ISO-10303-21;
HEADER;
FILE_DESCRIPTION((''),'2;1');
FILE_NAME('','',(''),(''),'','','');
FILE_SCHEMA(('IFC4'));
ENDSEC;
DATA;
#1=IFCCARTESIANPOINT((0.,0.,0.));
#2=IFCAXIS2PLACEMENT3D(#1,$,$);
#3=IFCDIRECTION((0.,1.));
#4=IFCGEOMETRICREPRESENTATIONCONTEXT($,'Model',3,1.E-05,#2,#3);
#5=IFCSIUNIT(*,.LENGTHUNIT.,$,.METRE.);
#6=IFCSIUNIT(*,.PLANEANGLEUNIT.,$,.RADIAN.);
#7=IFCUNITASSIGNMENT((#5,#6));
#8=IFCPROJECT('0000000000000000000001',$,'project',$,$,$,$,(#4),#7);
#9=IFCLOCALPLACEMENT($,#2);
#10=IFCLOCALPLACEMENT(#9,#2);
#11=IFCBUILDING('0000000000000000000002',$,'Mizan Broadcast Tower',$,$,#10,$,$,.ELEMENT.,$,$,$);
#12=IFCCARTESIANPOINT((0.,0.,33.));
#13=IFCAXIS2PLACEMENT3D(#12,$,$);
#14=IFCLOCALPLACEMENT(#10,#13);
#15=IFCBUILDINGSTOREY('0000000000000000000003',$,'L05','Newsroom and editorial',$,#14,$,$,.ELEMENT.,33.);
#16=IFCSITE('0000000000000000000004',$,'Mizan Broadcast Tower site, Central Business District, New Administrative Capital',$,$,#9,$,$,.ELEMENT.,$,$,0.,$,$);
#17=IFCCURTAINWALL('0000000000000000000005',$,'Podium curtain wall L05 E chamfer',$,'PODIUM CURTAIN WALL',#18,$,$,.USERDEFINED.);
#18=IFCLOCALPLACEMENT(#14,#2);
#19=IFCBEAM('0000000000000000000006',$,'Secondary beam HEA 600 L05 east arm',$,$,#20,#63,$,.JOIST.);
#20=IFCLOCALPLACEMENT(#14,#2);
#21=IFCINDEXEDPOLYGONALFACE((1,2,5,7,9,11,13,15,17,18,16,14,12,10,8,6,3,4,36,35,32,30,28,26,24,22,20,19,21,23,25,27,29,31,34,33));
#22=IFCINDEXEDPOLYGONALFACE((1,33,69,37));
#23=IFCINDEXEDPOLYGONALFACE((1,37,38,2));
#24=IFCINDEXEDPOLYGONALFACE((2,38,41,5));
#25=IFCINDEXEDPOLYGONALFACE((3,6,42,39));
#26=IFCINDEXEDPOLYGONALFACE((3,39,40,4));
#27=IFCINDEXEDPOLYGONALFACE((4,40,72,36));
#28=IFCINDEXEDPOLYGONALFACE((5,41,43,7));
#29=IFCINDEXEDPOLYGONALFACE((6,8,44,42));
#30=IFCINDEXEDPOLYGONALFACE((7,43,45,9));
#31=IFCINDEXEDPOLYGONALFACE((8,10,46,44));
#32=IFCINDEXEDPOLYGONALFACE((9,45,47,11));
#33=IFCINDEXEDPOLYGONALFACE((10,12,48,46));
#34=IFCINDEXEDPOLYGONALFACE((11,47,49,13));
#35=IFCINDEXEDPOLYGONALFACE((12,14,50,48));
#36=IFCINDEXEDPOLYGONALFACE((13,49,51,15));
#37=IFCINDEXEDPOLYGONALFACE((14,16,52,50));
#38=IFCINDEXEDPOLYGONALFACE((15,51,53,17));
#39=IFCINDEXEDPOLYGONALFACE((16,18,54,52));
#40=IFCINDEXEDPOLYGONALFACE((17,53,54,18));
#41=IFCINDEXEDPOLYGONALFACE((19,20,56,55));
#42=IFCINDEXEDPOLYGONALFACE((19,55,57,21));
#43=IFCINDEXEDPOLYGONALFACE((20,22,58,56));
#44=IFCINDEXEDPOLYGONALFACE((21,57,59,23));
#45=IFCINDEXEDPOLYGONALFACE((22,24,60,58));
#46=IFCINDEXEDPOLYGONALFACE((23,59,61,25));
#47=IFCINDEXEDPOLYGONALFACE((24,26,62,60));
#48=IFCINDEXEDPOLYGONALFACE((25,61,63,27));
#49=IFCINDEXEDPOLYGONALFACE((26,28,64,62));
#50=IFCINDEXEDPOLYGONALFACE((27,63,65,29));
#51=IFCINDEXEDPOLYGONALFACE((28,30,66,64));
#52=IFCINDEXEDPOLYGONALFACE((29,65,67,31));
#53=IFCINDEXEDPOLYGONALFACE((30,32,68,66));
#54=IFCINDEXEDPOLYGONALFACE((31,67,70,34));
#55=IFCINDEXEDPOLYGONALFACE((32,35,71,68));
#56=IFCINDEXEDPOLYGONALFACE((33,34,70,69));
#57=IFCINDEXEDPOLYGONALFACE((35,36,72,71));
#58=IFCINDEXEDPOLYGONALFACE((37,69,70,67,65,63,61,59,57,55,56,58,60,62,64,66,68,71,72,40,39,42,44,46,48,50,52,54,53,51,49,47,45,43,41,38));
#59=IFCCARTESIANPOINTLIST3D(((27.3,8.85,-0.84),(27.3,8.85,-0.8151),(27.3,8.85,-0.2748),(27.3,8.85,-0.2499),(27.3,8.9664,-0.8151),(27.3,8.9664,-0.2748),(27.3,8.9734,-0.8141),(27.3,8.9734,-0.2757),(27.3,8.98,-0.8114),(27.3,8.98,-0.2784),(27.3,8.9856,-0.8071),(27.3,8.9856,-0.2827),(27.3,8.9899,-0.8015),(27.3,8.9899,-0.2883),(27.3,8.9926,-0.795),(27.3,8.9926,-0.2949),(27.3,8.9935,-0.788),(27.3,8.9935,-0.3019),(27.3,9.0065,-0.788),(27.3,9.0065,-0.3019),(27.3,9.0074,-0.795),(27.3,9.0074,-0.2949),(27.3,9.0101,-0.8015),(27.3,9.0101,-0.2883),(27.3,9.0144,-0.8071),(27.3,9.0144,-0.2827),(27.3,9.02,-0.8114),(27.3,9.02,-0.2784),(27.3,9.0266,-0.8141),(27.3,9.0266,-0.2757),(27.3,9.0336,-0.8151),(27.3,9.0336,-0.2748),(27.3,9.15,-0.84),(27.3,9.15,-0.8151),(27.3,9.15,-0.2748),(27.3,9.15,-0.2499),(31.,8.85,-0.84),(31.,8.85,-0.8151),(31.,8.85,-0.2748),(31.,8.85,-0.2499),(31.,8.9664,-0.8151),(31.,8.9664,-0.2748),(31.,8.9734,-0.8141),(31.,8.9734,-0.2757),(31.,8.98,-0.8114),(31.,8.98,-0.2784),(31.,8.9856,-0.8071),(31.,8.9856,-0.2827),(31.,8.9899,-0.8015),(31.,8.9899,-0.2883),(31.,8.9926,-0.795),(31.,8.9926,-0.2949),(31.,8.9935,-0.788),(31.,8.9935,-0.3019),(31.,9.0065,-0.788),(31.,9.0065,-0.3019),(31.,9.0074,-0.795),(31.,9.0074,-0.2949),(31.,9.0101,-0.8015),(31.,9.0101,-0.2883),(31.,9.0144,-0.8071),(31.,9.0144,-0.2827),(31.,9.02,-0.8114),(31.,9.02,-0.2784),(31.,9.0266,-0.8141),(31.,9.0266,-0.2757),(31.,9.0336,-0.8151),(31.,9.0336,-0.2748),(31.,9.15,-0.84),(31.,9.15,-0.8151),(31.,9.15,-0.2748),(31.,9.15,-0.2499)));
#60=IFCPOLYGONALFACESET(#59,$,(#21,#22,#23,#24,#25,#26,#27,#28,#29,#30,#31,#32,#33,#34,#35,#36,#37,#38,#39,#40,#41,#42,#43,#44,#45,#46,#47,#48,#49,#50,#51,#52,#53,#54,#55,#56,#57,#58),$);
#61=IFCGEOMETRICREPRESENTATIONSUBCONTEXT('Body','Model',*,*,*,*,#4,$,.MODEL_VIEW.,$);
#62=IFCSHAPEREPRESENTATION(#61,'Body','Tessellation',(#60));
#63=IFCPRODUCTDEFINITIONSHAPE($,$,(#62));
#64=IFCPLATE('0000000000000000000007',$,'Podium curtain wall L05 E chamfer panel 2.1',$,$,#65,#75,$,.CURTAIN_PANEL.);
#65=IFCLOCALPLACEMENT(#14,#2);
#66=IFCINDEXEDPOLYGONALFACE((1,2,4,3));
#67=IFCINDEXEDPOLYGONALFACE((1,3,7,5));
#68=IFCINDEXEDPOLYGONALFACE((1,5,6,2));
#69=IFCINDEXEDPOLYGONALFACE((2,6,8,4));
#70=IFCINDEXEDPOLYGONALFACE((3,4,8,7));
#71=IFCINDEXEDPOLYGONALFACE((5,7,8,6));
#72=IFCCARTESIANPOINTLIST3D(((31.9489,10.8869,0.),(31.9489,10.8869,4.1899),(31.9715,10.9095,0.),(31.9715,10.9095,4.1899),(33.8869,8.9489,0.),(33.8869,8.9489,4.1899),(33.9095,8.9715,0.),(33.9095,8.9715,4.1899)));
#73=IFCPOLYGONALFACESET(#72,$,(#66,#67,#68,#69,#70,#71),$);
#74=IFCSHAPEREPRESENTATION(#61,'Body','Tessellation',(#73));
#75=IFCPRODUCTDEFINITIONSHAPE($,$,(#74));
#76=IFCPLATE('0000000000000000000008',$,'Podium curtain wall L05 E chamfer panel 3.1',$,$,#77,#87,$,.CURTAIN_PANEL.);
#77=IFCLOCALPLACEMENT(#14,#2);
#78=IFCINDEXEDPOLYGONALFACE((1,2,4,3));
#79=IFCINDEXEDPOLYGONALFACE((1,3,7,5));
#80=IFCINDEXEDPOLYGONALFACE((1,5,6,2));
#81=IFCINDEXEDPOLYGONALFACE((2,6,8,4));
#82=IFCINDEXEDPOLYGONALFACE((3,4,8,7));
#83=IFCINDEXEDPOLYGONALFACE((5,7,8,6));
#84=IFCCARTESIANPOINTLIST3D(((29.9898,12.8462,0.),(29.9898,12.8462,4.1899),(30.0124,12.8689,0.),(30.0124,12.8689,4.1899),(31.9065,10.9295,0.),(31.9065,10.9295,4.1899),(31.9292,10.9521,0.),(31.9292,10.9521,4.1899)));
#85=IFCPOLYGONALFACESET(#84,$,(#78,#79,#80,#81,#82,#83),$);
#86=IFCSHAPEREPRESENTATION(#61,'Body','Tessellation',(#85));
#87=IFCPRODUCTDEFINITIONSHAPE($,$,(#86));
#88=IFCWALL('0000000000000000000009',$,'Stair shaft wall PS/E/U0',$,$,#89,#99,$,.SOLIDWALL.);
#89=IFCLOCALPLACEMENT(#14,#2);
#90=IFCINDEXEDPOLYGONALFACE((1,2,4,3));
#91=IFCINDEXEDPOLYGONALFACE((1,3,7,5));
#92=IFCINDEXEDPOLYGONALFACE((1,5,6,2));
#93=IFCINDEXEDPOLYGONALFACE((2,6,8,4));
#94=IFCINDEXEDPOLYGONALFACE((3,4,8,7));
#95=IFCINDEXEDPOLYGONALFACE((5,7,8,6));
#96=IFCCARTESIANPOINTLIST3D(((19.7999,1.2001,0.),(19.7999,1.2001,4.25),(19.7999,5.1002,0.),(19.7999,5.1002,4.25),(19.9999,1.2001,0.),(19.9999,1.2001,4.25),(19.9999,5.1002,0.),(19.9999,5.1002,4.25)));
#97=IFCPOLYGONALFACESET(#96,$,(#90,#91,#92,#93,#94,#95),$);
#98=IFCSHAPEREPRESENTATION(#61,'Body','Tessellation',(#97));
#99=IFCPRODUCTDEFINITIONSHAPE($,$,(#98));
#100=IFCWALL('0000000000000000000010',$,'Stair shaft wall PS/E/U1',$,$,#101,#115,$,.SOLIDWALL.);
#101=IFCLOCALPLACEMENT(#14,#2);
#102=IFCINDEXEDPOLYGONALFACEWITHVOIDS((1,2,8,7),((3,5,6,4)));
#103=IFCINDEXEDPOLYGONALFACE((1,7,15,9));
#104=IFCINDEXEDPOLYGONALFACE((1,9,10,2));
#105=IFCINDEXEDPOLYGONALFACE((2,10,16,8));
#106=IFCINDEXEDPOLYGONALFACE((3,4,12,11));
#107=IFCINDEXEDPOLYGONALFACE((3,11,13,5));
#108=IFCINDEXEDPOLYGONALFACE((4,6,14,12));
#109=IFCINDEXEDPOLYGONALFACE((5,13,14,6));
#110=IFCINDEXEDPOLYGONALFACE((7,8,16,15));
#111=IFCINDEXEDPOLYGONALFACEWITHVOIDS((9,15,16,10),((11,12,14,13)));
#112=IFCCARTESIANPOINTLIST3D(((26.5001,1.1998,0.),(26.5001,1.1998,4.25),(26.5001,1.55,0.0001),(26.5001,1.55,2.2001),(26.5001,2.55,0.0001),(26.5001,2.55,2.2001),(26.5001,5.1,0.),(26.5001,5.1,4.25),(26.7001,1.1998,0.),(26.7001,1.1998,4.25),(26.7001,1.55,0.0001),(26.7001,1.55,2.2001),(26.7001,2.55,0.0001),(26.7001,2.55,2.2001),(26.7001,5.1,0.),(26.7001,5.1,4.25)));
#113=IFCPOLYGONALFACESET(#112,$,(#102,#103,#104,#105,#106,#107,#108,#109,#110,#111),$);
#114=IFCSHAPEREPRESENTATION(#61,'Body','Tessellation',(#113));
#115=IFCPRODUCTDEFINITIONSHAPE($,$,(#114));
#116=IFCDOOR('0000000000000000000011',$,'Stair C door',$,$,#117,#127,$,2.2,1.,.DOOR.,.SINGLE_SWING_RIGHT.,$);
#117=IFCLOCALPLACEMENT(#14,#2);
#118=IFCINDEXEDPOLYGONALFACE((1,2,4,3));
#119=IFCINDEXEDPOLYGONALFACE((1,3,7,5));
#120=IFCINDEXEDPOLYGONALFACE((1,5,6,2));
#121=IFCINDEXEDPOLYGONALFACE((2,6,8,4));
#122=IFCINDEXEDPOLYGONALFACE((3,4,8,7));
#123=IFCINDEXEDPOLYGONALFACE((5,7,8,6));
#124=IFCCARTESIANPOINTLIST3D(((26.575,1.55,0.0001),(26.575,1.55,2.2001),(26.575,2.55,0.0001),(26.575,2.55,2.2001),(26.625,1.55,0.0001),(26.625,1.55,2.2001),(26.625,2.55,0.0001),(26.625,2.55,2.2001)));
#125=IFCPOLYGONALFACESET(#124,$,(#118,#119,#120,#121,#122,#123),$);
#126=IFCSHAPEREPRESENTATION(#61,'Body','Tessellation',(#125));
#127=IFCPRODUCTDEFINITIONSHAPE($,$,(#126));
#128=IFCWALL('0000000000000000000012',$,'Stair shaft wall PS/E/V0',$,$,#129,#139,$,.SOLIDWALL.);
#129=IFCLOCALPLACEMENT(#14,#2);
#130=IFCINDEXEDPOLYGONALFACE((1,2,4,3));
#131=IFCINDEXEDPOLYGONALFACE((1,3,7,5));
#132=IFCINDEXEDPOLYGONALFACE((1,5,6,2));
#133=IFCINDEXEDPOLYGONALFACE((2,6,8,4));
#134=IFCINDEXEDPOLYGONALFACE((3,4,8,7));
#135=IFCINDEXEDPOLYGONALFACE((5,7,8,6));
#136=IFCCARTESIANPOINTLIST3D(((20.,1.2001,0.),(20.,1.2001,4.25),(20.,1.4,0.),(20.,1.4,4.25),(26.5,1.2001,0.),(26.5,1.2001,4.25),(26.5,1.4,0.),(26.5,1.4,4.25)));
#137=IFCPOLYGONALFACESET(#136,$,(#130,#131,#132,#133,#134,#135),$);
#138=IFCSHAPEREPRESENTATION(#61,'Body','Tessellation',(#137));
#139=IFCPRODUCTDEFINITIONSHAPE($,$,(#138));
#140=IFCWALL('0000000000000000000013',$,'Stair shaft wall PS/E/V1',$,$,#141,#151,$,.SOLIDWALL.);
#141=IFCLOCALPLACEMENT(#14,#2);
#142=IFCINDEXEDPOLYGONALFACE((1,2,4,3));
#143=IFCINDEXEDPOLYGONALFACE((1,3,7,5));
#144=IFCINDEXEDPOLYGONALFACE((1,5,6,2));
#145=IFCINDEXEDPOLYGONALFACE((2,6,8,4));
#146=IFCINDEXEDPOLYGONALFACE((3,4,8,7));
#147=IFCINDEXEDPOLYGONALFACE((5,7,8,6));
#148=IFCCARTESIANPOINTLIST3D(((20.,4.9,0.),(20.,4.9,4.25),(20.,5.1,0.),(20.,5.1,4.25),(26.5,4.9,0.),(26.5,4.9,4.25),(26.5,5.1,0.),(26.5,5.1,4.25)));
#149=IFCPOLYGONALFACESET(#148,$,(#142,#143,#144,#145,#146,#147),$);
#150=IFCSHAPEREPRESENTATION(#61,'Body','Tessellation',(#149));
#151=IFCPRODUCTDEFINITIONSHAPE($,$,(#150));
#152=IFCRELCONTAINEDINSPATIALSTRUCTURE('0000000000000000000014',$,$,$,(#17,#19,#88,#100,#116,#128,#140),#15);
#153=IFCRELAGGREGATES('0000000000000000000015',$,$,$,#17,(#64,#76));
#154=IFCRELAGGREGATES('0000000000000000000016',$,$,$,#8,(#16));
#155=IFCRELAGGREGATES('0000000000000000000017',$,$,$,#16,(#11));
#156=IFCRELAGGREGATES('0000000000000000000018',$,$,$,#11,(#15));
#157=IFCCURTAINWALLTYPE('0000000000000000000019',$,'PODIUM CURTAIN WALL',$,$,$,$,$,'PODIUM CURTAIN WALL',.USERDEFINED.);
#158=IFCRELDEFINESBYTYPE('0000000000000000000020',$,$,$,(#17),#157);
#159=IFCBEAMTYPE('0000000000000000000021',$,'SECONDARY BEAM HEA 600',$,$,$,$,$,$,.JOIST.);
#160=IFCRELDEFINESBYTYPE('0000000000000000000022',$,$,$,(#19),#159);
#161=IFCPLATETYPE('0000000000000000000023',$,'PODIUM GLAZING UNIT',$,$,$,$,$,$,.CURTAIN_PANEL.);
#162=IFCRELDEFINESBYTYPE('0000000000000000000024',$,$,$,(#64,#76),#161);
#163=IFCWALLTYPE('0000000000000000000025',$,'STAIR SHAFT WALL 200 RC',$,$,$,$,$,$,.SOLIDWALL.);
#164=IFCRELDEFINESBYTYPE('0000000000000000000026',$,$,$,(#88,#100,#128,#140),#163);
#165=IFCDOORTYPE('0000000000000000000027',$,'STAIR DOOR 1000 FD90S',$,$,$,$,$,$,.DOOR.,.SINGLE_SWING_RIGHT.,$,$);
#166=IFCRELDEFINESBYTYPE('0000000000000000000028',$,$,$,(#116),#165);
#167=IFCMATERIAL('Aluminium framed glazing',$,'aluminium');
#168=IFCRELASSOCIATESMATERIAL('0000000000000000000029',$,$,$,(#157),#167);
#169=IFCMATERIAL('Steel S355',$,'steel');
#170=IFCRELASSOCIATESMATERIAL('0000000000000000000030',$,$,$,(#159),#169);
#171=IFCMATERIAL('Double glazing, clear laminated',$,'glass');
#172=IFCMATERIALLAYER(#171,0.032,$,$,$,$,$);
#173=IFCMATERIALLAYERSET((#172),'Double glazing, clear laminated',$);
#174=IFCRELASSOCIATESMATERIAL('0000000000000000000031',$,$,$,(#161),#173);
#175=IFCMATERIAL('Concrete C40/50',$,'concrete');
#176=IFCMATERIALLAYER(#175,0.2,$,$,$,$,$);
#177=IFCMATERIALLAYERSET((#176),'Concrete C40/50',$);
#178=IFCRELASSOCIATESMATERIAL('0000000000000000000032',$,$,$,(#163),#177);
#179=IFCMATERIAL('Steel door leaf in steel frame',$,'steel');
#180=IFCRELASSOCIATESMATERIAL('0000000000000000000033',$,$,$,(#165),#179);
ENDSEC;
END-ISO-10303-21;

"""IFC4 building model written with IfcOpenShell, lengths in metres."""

from ifc_helpers import new_model, si_unit, direction, frame, frame_2d, origin, origin_2d, place, context, subcontext, project, spatial, rectangle, i_section, extrude, material, layer, layer_set, material_profile, profile_set, type_object, element, fill, aggregate, save


model = new_model("IFC4")

# Units and contexts
model_context = context("Model", 3, precision=1e-05, world=origin(), true_north=direction((0.0, 1.0)))
body_context = subcontext(model_context, "Body", "Model", "MODEL_VIEW")
ifc_project = project(units=[si_unit("LENGTHUNIT", "METRE"), si_unit("PLANEANGLEUNIT", "RADIAN")], contexts=[model_context])

# Site, building, storey
site_placement = place(None, origin())
site = spatial("IfcSite", under=ifc_project, at=site_placement, Name="Mizan Broadcast Tower site, Central Business District, New Administrative Capital", CompositionType="ELEMENT", RefElevation=0.0)
building_placement = place(site_placement, origin())
building = spatial("IfcBuilding", under=site, at=building_placement, Name="Mizan Broadcast Tower", CompositionType="ELEMENT")
storey_placement = place(building_placement, frame((0.0, 0.0, 33.0)))
storey = spatial("IfcBuildingStorey", under=building, at=storey_placement, Name="L05", Description="Newsroom and editorial", CompositionType="ELEMENT", Elevation=33.0)

# Curtain wall
ifc_material_1 = material(Name="Aluminium framed glazing", Category="aluminium")
curtain_wall_type_1 = type_object("IfcCurtainWallType", Name="PODIUM CURTAIN WALL", ElementType="PODIUM CURTAIN WALL", PredefinedType="USERDEFINED", material=ifc_material_1)
curtain_wall_1_placement = place(storey_placement, origin())
curtain_wall_1 = element("IfcCurtainWall", 1, at=curtain_wall_1_placement, inside=storey, type_object=curtain_wall_type_1, Name="Podium curtain wall L05 E chamfer", ObjectType="PODIUM CURTAIN WALL", PredefinedType="USERDEFINED")

# Beam
ifc_material_2 = material(Name="Steel S355", Category="steel")
ifc_material_profile_1 = material_profile(ifc_material_2, i_section(OverallWidth=0.3, OverallDepth=0.5901, WebThickness=0.0129, FlangeThickness=0.0249, FilletRadius=0.0271, at=origin_2d()), Name="HEA 600")
ifc_profile_set_1 = profile_set([ifc_material_profile_1], Name="Steel S355")
beam_type_1 = type_object("IfcBeamType", Name="SECONDARY BEAM HEA 600", PredefinedType="JOIST", material=ifc_profile_set_1)
beam_1_placement = place(storey_placement, frame((27.3, 9.0, -0.5449), z_axis=(1.0, 0.0, 0.0), x_axis=(0.0, 1.0, 0.0)))
element("IfcBeam", 2, at=beam_1_placement, inside=storey, type_object=beam_type_1, Name="Secondary beam HEA 600 L05 east arm", PredefinedType="JOIST", context=body_context, shape_type="SweptSolid", body=[
    extrude(i_section(OverallWidth=0.3, OverallDepth=0.5901, WebThickness=0.0129, FlangeThickness=0.0249, FilletRadius=0.0271, at=origin_2d()), origin(), (0.0, 0.0, 1.0), 3.7),
])

# Plates
ifc_material_3 = material(Name="Double glazing, clear laminated", Category="glass")
ifc_layer_1 = layer(ifc_material_3, 0.032)
ifc_layer_set_1 = layer_set([ifc_layer_1], Name="Double glazing, clear laminated")
plate_type = type_object("IfcPlateType", Name="PODIUM GLAZING UNIT", PredefinedType="CURTAIN_PANEL", material=ifc_layer_set_1)
plate_1_placement = place(storey_placement, frame((32.9292, 9.9292, 0.0), z_axis=(0.0, 0.0, 1.0), x_axis=(-0.707107, 0.707107, 0.0)))
plate_1 = element("IfcPlate", 3, at=plate_1_placement, type_object=plate_type, Name="Podium curtain wall L05 E chamfer panel 2.1", PredefinedType="CURTAIN_PANEL", context=body_context, shape_type="SweptSolid", body=[
    extrude(rectangle(XDim=2.7407, YDim=0.032, at=origin_2d()), origin(), (0.0, 0.0, 1.0), 4.1899),
])
plate_2_placement = place(storey_placement, frame((30.9595, 11.8992, 0.0), z_axis=(0.0, 0.0, 1.0), x_axis=(-0.707107, 0.707107, 0.0)))
plate_2 = element("IfcPlate", 4, at=plate_2_placement, type_object=plate_type, Name="Podium curtain wall L05 E chamfer panel 3.1", PredefinedType="CURTAIN_PANEL", context=body_context, shape_type="SweptSolid", body=[
    extrude(rectangle(XDim=2.7107, YDim=0.032, at=origin_2d()), origin(), (0.0, 0.0, 1.0), 4.1899),
])
aggregate(curtain_wall_1, [plate_1, plate_2])

# Wall
ifc_material_4 = material(Name="Concrete C40/50", Category="concrete")
ifc_layer_2 = layer(ifc_material_4, 0.2)
ifc_layer_set_2 = layer_set([ifc_layer_2], Name="Concrete C40/50")
wall_type = type_object("IfcWallType", Name="STAIR SHAFT WALL 200 RC", PredefinedType="SOLIDWALL", material=ifc_layer_set_2)
wall_1_placement = place(storey_placement, frame((19.8999, 1.2, 0.0), z_axis=(0.0, 0.0, 1.0), x_axis=(0.0, 1.0, 0.0)))
element("IfcWall", 5, at=wall_1_placement, inside=storey, type_object=wall_type, Name="Stair shaft wall PS/E/U0", PredefinedType="SOLIDWALL", context=body_context, shape_type="SweptSolid", body=[
    extrude(rectangle(XDim=3.9001, YDim=0.2, at=frame_2d((1.9502, 0.0))), origin(), (0.0, 0.0, 1.0), 4.25),
])

# Wall, opening, door
wall_2_placement = place(storey_placement, frame((26.6001, 5.1001, 0.0), z_axis=(0.0, 0.0, 1.0), x_axis=(0.0, -1.0, 0.0)))
wall_2 = element("IfcWall", 6, at=wall_2_placement, inside=storey, type_object=wall_type, Name="Stair shaft wall PS/E/U1", PredefinedType="SOLIDWALL", context=body_context, shape_type="SweptSolid", body=[
    extrude(rectangle(XDim=3.9001, YDim=0.2, at=frame_2d((1.9502, 0.0))), origin(), (0.0, 0.0, 1.0), 4.25),
])
opening_placement = place(wall_2_placement, frame((2.55, 0.0, 0.0)))
opening = element("IfcOpeningElement", 7, at=opening_placement, cuts=wall_2, PredefinedType="OPENING", context=body_context, shape_type="SweptSolid", body=[
    extrude(rectangle(XDim=1.0, YDim=2.2, at=frame_2d((0.5, 1.1001))), frame((0.0, 0.1099, 0.0), z_axis=(0.0, -1.0, 0.0), x_axis=(1.0, 0.0, 0.0)), (0.0, 0.0, 1.0), 0.22),
])
ifc_material_5 = material(Name="Steel door leaf in steel frame", Category="steel")
door_type = type_object("IfcDoorType", Name="STAIR DOOR 1000 FD90S", OperationType="SINGLE_SWING_RIGHT", PredefinedType="DOOR", material=ifc_material_5)
door_placement = place(opening_placement, origin())
door = element("IfcDoor", 8, at=door_placement, inside=storey, type_object=door_type, Name="Stair C door", OperationType="SINGLE_SWING_RIGHT", OverallHeight=2.2, OverallWidth=1.0, PredefinedType="DOOR", context=body_context, shape_type="SweptSolid", body=[
    extrude(rectangle(XDim=1.0, YDim=2.2, at=frame_2d((0.5, 1.1001))), frame((0.0, 0.0249, 0.0), z_axis=(0.0, -1.0, 0.0), x_axis=(1.0, 0.0, 0.0)), (0.0, 0.0, 1.0), 0.05),
])
fill(opening, door)

# Walls
for number, where, z_axis, x_axis, name in (
    (9, (20.0, 1.3, 0.0), (0.0, 0.0, 1.0), (1.0, 0.0, 0.0), "Stair shaft wall PS/E/V0"),
    (10, (26.5, 5.0, 0.0), (0.0, 0.0, 1.0), (-1.0, 0.0, 0.0), "Stair shaft wall PS/E/V1"),
):
    element("IfcWall", number, at=place(storey_placement, frame(where, z_axis=z_axis, x_axis=x_axis)), inside=storey, type_object=wall_type, Name=name, PredefinedType="SOLIDWALL", context=body_context, shape_type="SweptSolid", body=[
        extrude(rectangle(XDim=6.5, YDim=0.2, at=frame_2d((3.25, 0.0))), origin(), (0.0, 0.0, 1.0), 4.25),
    ])

save(model, "model.ifc")
